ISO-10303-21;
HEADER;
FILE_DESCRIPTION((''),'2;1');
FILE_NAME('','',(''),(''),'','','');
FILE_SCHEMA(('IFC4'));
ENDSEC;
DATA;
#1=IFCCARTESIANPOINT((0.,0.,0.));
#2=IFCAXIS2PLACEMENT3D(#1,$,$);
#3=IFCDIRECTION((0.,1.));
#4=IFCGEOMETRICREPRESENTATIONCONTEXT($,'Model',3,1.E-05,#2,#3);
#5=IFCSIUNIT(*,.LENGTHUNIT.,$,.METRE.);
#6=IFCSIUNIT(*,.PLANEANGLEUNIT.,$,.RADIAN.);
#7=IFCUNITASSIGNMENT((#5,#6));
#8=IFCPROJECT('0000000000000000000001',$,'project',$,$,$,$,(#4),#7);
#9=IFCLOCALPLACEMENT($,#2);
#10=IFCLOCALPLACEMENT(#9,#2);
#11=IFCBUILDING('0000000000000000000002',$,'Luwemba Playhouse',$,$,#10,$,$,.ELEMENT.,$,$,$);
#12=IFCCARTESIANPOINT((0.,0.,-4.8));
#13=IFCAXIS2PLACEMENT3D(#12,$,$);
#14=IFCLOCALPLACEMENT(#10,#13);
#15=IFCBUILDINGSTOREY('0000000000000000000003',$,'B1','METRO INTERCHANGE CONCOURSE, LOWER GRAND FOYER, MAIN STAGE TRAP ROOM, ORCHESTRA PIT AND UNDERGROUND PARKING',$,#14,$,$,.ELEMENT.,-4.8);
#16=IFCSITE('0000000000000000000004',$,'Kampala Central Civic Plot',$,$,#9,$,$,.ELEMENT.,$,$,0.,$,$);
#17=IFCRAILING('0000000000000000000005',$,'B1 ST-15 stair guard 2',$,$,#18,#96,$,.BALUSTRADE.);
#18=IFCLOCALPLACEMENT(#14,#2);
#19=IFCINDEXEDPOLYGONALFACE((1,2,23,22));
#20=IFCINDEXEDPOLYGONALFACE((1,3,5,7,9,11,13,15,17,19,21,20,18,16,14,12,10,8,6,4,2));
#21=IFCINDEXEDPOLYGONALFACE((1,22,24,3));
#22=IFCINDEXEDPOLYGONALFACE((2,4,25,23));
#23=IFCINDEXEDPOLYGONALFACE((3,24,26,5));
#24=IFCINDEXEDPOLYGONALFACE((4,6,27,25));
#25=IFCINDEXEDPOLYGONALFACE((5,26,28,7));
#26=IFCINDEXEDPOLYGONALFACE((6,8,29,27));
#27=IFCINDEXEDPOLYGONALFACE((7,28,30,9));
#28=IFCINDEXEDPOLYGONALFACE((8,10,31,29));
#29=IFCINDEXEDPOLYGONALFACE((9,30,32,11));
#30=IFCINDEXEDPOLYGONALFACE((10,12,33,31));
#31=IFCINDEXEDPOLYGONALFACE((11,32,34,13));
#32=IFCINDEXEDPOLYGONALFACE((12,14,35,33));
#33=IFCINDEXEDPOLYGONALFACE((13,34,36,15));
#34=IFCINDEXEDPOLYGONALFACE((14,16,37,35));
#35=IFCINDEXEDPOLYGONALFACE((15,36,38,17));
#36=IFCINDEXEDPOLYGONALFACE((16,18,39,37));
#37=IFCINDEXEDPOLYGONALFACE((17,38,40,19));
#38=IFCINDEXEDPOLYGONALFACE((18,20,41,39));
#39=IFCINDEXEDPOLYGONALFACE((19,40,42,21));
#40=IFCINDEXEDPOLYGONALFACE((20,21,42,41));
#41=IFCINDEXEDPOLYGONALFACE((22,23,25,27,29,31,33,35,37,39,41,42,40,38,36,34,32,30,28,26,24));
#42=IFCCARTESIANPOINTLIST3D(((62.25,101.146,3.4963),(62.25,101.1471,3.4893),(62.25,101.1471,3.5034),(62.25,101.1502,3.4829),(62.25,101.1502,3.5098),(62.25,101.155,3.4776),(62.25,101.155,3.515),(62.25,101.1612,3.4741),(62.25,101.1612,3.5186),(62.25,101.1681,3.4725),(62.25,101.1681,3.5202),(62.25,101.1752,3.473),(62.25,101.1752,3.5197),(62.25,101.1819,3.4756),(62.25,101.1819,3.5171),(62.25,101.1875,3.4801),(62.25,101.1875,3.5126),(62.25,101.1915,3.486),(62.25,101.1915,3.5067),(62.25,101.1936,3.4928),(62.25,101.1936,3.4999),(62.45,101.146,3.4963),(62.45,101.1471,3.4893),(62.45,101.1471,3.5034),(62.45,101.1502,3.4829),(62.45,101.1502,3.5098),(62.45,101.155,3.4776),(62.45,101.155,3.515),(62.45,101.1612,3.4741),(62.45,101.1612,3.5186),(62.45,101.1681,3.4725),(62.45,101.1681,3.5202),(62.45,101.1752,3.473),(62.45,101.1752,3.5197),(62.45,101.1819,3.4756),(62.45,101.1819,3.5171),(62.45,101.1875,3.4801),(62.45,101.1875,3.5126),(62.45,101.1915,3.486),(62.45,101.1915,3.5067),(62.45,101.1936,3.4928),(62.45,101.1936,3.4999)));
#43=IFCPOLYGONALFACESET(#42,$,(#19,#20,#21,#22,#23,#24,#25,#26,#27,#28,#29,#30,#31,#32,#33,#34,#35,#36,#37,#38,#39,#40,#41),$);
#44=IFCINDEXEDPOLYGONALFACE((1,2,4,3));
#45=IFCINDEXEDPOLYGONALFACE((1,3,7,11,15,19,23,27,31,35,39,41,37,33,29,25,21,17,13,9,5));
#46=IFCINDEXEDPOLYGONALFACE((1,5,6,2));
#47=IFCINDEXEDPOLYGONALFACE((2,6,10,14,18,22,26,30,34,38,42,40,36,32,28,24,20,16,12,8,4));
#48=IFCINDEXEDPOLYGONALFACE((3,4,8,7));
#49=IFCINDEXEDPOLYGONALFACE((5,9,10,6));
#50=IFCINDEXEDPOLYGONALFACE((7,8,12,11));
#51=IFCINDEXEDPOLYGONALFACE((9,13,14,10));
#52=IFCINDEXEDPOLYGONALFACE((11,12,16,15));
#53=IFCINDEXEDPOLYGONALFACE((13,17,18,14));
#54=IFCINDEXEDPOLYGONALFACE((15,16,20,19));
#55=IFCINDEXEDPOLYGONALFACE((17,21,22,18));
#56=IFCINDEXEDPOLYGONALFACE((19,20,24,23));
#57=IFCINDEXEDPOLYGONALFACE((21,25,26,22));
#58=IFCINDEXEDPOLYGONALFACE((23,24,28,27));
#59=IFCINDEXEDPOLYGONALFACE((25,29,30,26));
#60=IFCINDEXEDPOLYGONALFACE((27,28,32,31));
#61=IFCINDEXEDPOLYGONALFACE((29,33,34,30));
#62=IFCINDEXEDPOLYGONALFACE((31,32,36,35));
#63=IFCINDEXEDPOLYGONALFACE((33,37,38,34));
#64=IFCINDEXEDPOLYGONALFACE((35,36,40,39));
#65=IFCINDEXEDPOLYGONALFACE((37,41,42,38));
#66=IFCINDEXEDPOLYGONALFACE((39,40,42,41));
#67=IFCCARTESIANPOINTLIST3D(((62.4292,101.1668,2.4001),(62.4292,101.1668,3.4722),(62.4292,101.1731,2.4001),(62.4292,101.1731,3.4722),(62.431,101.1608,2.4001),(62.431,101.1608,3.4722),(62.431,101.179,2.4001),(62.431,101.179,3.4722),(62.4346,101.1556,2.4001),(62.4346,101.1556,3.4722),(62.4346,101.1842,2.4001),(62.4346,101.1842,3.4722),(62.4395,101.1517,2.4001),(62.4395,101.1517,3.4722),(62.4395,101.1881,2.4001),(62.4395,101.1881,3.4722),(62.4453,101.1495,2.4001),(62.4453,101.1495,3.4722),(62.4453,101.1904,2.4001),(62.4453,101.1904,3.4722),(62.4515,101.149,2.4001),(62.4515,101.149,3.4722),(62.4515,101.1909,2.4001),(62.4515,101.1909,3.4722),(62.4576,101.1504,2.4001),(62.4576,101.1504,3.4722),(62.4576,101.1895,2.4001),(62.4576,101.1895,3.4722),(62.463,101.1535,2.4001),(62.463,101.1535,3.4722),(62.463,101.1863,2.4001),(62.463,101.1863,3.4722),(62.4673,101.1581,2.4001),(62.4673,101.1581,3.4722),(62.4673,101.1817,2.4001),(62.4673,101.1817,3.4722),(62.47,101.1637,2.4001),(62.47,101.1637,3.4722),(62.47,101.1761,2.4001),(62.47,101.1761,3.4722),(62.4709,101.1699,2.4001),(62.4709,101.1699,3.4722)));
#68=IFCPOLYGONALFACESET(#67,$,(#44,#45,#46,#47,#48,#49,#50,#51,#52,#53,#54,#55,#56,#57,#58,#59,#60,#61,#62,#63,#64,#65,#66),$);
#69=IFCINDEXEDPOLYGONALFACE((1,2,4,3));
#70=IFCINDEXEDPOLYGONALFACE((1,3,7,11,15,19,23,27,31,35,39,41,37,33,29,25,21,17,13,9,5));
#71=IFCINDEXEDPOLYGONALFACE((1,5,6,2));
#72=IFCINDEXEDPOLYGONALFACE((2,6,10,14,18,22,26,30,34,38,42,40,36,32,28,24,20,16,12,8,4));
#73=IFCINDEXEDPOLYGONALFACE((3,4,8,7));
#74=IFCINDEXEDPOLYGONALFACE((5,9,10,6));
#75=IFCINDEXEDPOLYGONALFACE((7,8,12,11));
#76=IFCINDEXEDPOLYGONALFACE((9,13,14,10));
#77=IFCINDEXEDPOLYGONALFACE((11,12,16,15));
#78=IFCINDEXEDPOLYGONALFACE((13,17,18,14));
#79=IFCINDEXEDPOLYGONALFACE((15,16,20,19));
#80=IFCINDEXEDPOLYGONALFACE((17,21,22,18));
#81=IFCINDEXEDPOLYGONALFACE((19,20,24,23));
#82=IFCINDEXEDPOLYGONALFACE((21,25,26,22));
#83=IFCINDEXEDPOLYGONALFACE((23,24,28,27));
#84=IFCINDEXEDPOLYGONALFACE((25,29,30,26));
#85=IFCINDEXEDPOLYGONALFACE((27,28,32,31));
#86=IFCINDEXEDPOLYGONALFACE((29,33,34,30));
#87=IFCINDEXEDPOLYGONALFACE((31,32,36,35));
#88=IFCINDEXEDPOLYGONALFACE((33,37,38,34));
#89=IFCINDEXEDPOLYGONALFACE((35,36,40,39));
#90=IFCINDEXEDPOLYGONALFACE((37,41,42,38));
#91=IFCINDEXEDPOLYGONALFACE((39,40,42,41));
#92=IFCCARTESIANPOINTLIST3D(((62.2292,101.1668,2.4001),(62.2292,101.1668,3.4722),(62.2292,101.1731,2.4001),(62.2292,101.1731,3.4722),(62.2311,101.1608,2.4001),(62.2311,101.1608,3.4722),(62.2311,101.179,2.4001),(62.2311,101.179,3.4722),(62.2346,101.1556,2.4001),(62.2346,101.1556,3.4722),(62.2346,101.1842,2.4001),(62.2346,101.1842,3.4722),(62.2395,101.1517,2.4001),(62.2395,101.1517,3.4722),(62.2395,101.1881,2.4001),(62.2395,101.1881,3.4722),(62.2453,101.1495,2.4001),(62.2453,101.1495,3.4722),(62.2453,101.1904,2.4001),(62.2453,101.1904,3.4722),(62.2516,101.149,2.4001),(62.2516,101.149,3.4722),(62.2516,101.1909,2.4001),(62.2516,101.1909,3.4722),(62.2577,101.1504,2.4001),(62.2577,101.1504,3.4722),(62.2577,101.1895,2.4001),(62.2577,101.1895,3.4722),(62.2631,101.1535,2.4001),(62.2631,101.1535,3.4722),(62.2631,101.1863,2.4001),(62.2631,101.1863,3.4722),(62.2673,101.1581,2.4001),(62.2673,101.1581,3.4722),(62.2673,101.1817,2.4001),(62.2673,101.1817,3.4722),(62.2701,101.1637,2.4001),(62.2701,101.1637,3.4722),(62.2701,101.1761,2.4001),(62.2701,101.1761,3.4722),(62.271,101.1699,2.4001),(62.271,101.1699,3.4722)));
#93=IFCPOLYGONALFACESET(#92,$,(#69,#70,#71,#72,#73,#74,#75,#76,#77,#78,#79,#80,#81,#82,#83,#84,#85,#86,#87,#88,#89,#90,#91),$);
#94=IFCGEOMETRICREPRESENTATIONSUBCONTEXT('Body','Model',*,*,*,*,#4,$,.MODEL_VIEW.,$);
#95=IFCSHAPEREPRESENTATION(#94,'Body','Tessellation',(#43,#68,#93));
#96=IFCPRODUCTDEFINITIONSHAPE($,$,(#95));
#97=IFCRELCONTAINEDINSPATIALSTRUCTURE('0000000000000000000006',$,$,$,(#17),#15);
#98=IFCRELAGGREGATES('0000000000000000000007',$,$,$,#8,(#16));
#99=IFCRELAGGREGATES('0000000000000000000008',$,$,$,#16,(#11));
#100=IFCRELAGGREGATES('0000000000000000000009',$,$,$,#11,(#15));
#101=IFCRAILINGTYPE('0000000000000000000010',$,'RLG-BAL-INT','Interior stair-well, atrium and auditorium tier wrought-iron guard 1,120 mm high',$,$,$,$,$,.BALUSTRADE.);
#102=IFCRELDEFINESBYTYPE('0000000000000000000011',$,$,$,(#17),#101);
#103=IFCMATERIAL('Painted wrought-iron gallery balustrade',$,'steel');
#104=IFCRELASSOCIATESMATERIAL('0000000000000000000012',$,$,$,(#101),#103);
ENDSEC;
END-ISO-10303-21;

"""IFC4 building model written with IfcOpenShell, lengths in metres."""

from ifc_helpers import new_model, si_unit, direction, frame, origin, origin_2d, place, context, subcontext, project, spatial, circle, extrude, material, type_object, element, save


model = new_model("IFC4")

# Units and contexts
model_context = context("Model", 3, precision=1e-05, world=origin(), true_north=direction((0.0, 1.0)))
body_context = subcontext(model_context, "Body", "Model", "MODEL_VIEW")
ifc_project = project(units=[si_unit("LENGTHUNIT", "METRE"), si_unit("PLANEANGLEUNIT", "RADIAN")], contexts=[model_context])

# Site, building, storey
site_placement = place(None, origin())
site = spatial("IfcSite", under=ifc_project, at=site_placement, Name="Kampala Central Civic Plot", CompositionType="ELEMENT", RefElevation=0.0)
building_placement = place(site_placement, origin())
building = spatial("IfcBuilding", under=site, at=building_placement, Name="Luwemba Playhouse", CompositionType="ELEMENT")
storey_placement = place(building_placement, frame((0.0, 0.0, -4.8)))
storey = spatial("IfcBuildingStorey", under=building, at=storey_placement, Name="B1", Description="METRO INTERCHANGE CONCOURSE, LOWER GRAND FOYER, MAIN STAGE TRAP ROOM, ORCHESTRA PIT AND UNDERGROUND PARKING", CompositionType="ELEMENT", Elevation=-4.8)

# Railing
ifc_material_1 = material(Name="Painted wrought-iron gallery balustrade", Category="steel")
railing_type_1 = type_object("IfcRailingType", Name="RLG-BAL-INT", Description="Interior stair-well, atrium and auditorium tier wrought-iron guard 1,120 mm high", PredefinedType="BALUSTRADE", material=ifc_material_1)
railing_1_placement = place(storey_placement, frame((62.45, 101.1699, 2.4001)))
element("IfcRailing", 1, at=railing_1_placement, inside=storey, type_object=railing_type_1, Name="B1 ST-15 stair guard 2", PredefinedType="BALUSTRADE", context=body_context, shape_type="SweptSolid", body=[
    extrude(circle(Radius=0.0239, at=origin_2d()), frame((0.0, 0.0, 1.0962), z_axis=(-1.0, 0.0, 0.0), x_axis=(0.0, -1.0, 0.0)), (0.0, 0.0, 1.0), 0.2),
    extrude(circle(Radius=0.021, at=origin_2d()), origin(), (0.0, 0.0, 1.0), 1.072),
    extrude(circle(Radius=0.021, at=origin_2d()), frame((-0.2, 0.0, 0.0)), (0.0, 0.0, 1.0), 1.072),
])

save(model, "model.ifc")
